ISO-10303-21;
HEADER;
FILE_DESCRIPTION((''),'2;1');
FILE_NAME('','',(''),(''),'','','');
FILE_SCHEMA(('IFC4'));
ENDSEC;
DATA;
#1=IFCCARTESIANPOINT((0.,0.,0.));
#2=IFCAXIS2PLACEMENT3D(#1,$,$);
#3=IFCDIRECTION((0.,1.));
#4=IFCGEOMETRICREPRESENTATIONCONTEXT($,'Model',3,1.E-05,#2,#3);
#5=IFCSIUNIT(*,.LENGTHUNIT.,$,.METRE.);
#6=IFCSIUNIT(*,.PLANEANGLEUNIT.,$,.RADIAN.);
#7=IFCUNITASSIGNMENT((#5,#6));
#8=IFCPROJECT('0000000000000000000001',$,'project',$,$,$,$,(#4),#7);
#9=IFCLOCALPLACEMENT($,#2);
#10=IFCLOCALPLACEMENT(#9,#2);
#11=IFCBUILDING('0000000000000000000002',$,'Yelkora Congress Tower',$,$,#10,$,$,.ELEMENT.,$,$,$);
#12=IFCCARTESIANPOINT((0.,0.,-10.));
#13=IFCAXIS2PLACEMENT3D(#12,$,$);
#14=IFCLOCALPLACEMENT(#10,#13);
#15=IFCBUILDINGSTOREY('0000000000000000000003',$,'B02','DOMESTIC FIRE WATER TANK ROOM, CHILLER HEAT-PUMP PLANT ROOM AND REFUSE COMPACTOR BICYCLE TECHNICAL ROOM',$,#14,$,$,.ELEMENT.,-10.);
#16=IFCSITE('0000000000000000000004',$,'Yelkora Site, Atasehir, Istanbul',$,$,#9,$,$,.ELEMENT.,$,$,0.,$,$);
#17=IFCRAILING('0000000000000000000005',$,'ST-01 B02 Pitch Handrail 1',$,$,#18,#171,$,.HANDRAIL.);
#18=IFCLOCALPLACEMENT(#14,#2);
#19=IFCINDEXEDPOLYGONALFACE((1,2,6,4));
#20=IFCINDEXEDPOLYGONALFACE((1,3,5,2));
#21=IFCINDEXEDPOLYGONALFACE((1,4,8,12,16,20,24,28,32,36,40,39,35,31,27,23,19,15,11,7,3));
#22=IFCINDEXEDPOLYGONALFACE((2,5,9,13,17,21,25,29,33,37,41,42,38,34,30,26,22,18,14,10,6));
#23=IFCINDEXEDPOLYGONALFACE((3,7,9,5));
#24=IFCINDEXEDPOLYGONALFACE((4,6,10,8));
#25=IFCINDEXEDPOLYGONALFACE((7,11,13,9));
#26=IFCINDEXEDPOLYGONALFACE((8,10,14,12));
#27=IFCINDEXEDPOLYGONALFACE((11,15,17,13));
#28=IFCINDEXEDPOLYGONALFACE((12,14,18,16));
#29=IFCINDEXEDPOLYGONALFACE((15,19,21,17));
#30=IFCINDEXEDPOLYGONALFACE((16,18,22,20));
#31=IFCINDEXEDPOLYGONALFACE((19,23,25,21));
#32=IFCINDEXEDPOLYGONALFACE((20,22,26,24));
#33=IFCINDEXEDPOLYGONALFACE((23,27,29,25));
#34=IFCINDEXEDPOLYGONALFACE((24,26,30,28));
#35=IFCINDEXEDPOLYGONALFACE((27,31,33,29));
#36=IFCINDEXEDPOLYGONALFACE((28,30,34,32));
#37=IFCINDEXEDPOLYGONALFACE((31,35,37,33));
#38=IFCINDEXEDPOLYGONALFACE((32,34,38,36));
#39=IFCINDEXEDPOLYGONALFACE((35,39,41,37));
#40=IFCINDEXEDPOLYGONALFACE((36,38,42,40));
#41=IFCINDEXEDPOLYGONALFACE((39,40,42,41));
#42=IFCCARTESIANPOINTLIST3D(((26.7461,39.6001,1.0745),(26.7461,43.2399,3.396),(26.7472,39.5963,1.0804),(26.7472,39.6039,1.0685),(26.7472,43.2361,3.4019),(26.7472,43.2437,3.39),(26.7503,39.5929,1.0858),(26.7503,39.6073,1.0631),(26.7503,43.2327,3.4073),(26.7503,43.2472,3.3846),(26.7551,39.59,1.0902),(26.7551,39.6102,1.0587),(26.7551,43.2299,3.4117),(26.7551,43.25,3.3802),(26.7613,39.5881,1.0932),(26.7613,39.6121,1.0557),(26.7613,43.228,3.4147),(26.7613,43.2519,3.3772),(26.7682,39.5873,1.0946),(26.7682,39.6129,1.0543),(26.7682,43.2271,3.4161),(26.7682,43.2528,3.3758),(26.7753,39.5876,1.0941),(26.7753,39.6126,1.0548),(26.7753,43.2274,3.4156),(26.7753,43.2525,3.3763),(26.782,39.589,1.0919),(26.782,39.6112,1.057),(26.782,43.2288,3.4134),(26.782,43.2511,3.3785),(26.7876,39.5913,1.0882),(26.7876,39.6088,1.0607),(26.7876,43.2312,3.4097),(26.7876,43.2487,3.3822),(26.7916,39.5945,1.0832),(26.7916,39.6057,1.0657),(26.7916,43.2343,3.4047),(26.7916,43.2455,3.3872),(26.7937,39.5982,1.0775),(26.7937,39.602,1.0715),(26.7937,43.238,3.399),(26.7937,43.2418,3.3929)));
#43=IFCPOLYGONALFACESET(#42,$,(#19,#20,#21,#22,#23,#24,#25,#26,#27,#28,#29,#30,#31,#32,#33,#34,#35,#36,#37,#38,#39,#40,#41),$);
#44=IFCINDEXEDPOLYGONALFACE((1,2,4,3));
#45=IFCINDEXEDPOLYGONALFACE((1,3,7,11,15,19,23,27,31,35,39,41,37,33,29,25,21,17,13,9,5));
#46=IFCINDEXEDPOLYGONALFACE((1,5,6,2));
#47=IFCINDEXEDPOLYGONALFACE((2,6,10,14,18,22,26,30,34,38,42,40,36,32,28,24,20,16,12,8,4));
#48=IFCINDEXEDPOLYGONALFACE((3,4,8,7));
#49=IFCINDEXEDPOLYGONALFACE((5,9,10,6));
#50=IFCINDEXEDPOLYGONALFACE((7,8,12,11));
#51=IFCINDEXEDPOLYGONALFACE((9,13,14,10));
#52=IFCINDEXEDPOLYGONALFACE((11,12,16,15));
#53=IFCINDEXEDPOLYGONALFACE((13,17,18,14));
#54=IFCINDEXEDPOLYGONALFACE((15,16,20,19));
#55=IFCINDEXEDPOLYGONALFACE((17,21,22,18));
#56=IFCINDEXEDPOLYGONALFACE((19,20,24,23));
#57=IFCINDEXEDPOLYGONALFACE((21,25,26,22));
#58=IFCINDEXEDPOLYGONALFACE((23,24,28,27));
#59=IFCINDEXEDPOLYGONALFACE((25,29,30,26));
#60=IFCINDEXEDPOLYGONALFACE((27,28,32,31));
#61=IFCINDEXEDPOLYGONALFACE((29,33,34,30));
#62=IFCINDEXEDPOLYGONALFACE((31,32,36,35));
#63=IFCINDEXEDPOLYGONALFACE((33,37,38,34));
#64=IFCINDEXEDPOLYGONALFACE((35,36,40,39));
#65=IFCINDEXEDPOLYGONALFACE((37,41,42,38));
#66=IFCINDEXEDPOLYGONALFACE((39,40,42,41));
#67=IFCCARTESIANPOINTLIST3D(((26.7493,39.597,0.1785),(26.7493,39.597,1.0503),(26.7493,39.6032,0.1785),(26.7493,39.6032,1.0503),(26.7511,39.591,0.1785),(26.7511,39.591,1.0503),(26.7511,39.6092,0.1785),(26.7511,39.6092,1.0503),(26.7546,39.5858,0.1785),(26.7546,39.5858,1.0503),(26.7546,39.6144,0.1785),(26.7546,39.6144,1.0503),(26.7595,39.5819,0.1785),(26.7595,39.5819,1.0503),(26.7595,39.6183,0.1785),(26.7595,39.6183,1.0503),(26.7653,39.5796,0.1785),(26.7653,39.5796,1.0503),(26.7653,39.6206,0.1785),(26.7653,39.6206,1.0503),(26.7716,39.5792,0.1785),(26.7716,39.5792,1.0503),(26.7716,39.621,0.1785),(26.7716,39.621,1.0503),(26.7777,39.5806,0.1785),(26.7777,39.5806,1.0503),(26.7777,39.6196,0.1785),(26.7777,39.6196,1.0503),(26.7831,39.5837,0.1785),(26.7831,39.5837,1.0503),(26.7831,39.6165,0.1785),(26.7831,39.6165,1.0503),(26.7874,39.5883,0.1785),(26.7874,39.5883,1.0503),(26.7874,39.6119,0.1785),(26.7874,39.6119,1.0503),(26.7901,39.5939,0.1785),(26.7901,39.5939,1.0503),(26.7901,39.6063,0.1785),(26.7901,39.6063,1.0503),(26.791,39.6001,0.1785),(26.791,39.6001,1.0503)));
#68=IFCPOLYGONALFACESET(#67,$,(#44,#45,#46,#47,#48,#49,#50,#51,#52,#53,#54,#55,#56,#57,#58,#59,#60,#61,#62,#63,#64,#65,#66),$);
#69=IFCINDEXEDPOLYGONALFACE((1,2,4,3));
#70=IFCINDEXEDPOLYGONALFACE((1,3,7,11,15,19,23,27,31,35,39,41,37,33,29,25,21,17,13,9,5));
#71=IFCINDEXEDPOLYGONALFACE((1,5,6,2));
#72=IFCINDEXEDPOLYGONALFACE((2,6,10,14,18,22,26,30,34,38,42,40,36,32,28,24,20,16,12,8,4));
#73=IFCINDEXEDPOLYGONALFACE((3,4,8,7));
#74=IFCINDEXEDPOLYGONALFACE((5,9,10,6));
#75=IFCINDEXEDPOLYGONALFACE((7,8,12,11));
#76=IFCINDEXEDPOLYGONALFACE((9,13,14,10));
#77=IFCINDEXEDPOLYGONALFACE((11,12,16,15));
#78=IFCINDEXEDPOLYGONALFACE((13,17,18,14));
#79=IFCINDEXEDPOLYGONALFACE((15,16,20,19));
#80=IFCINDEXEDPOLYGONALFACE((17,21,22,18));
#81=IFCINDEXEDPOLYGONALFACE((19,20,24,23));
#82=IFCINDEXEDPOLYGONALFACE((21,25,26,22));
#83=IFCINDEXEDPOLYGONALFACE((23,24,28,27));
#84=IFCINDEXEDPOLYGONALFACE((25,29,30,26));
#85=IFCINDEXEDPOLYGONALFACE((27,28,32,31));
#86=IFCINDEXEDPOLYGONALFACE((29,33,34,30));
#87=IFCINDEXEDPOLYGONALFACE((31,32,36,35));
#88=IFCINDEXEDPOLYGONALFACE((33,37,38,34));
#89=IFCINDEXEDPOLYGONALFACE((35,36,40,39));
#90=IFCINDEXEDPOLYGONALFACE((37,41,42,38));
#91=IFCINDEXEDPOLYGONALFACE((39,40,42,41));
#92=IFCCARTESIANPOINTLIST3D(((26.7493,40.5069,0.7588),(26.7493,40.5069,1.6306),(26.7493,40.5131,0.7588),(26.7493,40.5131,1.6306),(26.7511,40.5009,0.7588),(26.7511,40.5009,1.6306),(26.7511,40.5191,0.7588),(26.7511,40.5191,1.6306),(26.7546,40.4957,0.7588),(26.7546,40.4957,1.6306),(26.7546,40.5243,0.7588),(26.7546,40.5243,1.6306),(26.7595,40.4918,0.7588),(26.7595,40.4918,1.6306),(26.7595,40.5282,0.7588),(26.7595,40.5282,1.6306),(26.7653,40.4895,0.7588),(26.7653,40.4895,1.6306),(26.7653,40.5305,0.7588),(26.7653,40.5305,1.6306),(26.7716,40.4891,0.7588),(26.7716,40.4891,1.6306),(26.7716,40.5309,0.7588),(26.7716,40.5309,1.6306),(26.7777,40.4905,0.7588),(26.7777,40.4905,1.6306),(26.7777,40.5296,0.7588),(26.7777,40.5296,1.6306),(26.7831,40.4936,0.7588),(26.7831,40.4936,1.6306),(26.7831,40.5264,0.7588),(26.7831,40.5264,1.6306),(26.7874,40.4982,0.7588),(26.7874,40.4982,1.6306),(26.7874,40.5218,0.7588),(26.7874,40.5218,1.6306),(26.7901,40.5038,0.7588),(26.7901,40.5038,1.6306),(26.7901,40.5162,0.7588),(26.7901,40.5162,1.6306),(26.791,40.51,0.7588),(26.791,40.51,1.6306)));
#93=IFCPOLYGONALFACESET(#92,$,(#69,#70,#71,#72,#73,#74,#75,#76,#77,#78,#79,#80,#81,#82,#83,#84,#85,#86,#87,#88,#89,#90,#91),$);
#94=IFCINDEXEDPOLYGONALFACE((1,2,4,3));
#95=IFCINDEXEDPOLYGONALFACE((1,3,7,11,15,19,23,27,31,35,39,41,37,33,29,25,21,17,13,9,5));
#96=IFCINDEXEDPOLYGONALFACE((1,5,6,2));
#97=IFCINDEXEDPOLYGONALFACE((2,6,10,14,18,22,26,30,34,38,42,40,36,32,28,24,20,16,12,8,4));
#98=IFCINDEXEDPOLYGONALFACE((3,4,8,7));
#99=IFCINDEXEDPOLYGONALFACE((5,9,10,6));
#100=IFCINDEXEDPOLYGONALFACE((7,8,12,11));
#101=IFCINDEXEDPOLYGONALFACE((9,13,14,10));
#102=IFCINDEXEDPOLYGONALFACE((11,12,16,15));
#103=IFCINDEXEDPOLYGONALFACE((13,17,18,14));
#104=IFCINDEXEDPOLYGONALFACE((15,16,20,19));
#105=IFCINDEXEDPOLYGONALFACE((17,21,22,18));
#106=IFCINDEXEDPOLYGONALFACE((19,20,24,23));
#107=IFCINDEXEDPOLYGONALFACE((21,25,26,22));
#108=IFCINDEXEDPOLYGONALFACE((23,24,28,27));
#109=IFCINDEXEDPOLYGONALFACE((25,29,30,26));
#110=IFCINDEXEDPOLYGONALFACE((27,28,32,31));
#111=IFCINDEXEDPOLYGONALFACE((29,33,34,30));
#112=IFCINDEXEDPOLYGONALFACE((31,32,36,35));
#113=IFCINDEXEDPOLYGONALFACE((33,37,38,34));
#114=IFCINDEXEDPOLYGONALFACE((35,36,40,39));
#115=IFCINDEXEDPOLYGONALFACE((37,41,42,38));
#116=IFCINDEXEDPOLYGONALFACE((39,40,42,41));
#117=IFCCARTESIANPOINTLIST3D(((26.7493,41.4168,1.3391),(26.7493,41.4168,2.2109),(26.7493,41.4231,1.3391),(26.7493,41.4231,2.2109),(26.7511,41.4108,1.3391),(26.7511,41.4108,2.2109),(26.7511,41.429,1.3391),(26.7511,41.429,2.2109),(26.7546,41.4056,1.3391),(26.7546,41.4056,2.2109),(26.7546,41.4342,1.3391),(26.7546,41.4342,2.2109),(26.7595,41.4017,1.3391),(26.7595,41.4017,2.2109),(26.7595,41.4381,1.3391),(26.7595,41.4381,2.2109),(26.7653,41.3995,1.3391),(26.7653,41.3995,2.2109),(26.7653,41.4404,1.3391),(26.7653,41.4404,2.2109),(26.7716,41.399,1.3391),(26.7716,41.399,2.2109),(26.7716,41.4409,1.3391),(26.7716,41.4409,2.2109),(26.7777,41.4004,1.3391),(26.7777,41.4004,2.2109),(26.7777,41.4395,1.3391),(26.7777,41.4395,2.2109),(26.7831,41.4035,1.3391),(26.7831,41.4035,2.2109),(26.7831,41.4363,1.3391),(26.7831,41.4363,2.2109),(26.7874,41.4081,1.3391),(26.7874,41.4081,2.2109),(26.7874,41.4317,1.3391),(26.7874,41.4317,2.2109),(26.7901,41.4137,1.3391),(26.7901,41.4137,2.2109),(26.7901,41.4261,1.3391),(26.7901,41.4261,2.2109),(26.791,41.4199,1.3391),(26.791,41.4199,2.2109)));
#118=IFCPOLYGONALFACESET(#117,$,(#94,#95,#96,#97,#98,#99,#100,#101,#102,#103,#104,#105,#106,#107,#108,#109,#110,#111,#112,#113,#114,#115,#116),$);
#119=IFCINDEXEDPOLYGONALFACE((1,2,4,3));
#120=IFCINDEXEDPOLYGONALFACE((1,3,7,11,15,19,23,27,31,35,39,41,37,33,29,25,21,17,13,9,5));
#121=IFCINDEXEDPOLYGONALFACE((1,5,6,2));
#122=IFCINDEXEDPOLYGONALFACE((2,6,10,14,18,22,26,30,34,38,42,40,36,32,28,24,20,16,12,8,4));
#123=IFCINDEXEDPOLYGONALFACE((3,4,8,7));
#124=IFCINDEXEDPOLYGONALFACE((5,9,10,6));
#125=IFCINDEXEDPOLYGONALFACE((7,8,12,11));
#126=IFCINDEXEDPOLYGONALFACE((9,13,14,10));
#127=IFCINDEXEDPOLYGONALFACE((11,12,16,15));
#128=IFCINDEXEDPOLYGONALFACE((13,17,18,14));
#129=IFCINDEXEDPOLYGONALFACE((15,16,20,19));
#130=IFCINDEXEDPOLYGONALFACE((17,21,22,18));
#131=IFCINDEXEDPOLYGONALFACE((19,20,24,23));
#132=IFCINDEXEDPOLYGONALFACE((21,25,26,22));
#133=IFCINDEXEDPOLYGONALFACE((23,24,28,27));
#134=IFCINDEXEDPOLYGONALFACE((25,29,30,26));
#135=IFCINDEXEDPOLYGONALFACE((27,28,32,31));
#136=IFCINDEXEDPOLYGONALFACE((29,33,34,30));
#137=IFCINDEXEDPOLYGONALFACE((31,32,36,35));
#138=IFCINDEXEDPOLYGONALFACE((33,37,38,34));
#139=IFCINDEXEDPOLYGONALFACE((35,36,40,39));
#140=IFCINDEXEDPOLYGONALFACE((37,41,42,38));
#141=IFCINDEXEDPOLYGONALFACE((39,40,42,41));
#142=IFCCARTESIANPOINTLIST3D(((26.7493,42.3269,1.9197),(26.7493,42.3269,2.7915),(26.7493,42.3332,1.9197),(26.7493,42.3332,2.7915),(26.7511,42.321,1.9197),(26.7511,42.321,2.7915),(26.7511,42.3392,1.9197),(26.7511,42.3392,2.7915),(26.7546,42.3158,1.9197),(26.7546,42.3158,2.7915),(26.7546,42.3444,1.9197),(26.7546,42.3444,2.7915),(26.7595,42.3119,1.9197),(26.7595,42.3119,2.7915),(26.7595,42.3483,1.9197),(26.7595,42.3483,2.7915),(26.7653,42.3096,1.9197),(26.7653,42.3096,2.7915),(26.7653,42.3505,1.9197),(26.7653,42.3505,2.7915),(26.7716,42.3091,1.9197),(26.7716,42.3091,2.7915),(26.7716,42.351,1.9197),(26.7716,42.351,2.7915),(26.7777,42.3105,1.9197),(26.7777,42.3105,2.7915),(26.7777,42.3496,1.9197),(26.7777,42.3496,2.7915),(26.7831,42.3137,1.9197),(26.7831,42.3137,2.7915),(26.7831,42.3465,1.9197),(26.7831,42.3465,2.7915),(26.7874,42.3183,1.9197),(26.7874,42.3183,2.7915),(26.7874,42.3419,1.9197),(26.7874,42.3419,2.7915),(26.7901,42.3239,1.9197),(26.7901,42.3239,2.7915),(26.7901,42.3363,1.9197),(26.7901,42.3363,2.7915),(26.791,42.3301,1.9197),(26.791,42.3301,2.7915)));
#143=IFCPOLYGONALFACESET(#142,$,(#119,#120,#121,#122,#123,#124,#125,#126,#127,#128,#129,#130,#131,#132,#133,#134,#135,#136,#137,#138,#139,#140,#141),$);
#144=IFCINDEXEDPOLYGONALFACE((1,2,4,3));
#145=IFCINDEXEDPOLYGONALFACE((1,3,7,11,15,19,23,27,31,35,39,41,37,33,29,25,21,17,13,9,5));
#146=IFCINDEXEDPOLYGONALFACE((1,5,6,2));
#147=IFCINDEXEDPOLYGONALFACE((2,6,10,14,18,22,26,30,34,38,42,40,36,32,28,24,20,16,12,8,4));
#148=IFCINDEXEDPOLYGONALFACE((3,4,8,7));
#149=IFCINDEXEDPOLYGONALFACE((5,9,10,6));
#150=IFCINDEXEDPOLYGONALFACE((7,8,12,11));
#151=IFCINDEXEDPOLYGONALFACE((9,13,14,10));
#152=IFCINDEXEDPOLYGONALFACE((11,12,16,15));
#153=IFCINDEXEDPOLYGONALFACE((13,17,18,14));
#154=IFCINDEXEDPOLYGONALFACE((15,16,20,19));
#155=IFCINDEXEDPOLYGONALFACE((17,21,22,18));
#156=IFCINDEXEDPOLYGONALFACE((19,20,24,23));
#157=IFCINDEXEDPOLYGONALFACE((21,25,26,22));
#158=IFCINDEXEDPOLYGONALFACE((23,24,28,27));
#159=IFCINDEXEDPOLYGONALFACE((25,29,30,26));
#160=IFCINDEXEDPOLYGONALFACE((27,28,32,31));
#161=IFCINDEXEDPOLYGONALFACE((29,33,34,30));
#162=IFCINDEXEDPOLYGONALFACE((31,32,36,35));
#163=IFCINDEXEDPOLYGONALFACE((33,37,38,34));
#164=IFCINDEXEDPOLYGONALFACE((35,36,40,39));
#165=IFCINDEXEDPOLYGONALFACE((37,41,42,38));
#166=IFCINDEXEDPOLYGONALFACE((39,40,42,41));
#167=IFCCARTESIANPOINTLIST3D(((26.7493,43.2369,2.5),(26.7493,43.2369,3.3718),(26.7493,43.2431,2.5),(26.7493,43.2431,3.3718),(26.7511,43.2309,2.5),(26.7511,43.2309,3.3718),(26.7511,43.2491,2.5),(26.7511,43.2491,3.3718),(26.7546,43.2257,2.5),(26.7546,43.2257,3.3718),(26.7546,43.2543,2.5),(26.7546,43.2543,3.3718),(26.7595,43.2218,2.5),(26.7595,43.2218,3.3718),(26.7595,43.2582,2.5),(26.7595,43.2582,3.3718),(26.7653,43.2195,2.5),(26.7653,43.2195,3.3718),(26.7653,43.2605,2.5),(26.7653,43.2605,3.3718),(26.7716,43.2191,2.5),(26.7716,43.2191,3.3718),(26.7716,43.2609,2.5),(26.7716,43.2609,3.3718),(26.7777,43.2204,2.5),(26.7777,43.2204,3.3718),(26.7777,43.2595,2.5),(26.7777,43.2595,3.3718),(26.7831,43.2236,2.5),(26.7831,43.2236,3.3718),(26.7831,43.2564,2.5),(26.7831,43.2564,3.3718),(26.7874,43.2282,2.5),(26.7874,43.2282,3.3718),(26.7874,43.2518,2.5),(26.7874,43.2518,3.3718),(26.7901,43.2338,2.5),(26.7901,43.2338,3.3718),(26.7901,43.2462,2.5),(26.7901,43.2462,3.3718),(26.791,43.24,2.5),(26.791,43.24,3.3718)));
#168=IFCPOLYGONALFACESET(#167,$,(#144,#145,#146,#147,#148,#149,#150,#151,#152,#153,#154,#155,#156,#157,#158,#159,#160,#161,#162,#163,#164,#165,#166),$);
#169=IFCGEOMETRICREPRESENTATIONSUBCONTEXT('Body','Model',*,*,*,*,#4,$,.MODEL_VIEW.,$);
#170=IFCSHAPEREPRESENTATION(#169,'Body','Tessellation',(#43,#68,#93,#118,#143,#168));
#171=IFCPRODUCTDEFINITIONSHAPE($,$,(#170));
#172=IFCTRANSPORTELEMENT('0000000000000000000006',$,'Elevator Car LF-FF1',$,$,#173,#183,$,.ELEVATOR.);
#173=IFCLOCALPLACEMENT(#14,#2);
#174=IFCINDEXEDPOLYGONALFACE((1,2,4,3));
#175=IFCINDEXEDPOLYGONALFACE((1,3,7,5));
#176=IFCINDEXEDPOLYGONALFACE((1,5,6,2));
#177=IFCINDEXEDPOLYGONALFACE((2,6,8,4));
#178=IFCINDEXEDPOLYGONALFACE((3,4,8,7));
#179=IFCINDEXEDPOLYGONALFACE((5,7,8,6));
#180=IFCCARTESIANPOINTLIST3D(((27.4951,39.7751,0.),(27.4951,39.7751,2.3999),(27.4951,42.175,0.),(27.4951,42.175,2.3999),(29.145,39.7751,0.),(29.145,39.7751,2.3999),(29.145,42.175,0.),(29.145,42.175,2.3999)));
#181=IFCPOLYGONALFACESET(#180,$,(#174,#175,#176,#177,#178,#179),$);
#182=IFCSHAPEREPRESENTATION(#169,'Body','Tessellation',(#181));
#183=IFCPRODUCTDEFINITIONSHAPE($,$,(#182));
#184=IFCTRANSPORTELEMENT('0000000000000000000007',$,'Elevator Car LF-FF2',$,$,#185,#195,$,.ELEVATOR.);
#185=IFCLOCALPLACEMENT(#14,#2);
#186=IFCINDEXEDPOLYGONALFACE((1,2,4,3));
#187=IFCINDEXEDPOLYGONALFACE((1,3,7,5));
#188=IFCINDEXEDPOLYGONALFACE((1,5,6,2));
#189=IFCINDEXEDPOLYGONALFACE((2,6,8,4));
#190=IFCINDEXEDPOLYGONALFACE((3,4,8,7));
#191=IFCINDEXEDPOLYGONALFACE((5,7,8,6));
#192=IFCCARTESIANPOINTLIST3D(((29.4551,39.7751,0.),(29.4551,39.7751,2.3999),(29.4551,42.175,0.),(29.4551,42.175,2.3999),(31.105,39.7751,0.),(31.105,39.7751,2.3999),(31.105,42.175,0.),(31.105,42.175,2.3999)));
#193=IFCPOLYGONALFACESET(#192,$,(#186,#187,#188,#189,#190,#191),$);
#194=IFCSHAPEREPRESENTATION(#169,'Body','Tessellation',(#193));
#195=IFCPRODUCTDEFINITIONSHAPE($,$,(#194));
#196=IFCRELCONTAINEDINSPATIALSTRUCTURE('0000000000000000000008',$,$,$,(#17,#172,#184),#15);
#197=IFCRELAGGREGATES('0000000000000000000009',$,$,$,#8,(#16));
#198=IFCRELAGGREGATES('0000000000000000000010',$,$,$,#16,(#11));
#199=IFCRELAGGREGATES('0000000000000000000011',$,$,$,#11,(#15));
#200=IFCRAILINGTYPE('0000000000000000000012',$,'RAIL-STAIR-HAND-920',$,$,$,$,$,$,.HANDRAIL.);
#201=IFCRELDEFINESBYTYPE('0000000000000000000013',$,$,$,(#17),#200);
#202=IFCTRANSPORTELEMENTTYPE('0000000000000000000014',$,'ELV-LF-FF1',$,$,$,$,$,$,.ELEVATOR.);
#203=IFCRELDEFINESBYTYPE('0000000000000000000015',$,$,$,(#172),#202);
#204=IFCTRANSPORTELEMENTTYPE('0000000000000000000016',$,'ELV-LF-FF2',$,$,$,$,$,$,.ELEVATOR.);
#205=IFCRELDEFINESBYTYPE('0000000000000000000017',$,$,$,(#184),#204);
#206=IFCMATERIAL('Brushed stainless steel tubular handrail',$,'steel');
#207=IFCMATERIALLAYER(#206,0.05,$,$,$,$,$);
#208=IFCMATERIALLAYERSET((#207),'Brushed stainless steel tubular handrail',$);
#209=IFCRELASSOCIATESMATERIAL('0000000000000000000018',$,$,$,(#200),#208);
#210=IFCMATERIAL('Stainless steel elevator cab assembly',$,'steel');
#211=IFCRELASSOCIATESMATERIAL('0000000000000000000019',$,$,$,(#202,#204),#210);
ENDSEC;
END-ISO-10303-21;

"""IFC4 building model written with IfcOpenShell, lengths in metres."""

from ifc_helpers import new_model, si_unit, direction, frame, origin, origin_2d, place, context, subcontext, project, spatial, rectangle, circle, extrude, material, layer, layer_set, type_object, element, save


model = new_model("IFC4")

# Units and contexts
model_context = context("Model", 3, precision=1e-05, world=origin(), true_north=direction((0.0, 1.0)))
body_context = subcontext(model_context, "Body", "Model", "MODEL_VIEW")
ifc_project = project(units=[si_unit("LENGTHUNIT", "METRE"), si_unit("PLANEANGLEUNIT", "RADIAN")], contexts=[model_context])

# Site, building, storey
site_placement = place(None, origin())
site = spatial("IfcSite", under=ifc_project, at=site_placement, Name="Yelkora Site, Atasehir, Istanbul", CompositionType="ELEMENT", RefElevation=0.0)
building_placement = place(site_placement, origin())
building = spatial("IfcBuilding", under=site, at=building_placement, Name="Yelkora Congress Tower", CompositionType="ELEMENT")
storey_placement = place(building_placement, frame((0.0, 0.0, -10.0)))
storey = spatial("IfcBuildingStorey", under=building, at=storey_placement, Name="B02", Description="DOMESTIC FIRE WATER TANK ROOM, CHILLER HEAT-PUMP PLANT ROOM AND REFUSE COMPACTOR BICYCLE TECHNICAL ROOM", CompositionType="ELEMENT", Elevation=-10.0)

# Railing
ifc_material_1 = material(Name="Brushed stainless steel tubular handrail", Category="steel")
ifc_layer_1 = layer(ifc_material_1, 0.05)
ifc_layer_set_1 = layer_set([ifc_layer_1], Name="Brushed stainless steel tubular handrail")
railing_type_1 = type_object("IfcRailingType", Name="RAIL-STAIR-HAND-920", PredefinedType="HANDRAIL", material=ifc_layer_set_1)
railing_1_placement = place(storey_placement, frame((26.77, 39.6001, 0.1785)))
element("IfcRailing", 1, at=railing_1_placement, inside=storey, type_object=railing_type_1, Name="ST-01 B02 Pitch Handrail 1", PredefinedType="HANDRAIL", context=body_context, shape_type="SweptSolid", body=[
    extrude(circle(Radius=0.0239, at=origin_2d()), frame((0.0, 0.0, 0.896), z_axis=(0.0, 0.843112, 0.537739), x_axis=(-1.0, 0.0, 0.0)), (0.0, 0.0, 1.0), 4.3171),
    extrude(circle(Radius=0.021, at=origin_2d()), origin(), (0.0, 0.0, 1.0), 0.8718),
    extrude(circle(Radius=0.021, at=origin_2d()), frame((0.0, 0.9099, 0.5803)), (0.0, 0.0, 1.0), 0.8718),
    extrude(circle(Radius=0.021, at=origin_2d()), frame((0.0, 1.8198, 1.1606)), (0.0, 0.0, 1.0), 0.8718),
    extrude(circle(Radius=0.021, at=origin_2d()), frame((0.0, 2.73, 1.7412)), (0.0, 0.0, 1.0), 0.8718),
    extrude(circle(Radius=0.021, at=origin_2d()), frame((0.0, 3.6399, 2.3215)), (0.0, 0.0, 1.0), 0.8718),
])

# Transport elements
ifc_material_2 = material(Name="Stainless steel elevator cab assembly", Category="steel")
transport_element_type_1 = type_object("IfcTransportElementType", Name="ELV-LF-FF1", PredefinedType="ELEVATOR", material=ifc_material_2)
transport_element_1_placement = place(storey_placement, frame((28.3201, 40.9751, 0.0), z_axis=(0.0, 0.0, 1.0), x_axis=(1.0, 0.0, 0.0)))
element("IfcTransportElement", 2, at=transport_element_1_placement, inside=storey, type_object=transport_element_type_1, Name="Elevator Car LF-FF1", PredefinedType="ELEVATOR", context=body_context, shape_type="SweptSolid", body=[
    extrude(rectangle(XDim=1.6499, YDim=2.3999, at=origin_2d()), origin(), (0.0, 0.0, 1.0), 2.3999),
])
transport_element_type_2 = type_object("IfcTransportElementType", Name="ELV-LF-FF2", PredefinedType="ELEVATOR", material=ifc_material_2)
transport_element_2_placement = place(storey_placement, frame((30.28, 40.9751, 0.0), z_axis=(0.0, 0.0, 1.0), x_axis=(1.0, 0.0, 0.0)))
element("IfcTransportElement", 3, at=transport_element_2_placement, inside=storey, type_object=transport_element_type_2, Name="Elevator Car LF-FF2", PredefinedType="ELEVATOR", context=body_context, shape_type="SweptSolid", body=[
    extrude(rectangle(XDim=1.6499, YDim=2.3999, at=origin_2d()), origin(), (0.0, 0.0, 1.0), 2.3999),
])

save(model, "model.ifc")
